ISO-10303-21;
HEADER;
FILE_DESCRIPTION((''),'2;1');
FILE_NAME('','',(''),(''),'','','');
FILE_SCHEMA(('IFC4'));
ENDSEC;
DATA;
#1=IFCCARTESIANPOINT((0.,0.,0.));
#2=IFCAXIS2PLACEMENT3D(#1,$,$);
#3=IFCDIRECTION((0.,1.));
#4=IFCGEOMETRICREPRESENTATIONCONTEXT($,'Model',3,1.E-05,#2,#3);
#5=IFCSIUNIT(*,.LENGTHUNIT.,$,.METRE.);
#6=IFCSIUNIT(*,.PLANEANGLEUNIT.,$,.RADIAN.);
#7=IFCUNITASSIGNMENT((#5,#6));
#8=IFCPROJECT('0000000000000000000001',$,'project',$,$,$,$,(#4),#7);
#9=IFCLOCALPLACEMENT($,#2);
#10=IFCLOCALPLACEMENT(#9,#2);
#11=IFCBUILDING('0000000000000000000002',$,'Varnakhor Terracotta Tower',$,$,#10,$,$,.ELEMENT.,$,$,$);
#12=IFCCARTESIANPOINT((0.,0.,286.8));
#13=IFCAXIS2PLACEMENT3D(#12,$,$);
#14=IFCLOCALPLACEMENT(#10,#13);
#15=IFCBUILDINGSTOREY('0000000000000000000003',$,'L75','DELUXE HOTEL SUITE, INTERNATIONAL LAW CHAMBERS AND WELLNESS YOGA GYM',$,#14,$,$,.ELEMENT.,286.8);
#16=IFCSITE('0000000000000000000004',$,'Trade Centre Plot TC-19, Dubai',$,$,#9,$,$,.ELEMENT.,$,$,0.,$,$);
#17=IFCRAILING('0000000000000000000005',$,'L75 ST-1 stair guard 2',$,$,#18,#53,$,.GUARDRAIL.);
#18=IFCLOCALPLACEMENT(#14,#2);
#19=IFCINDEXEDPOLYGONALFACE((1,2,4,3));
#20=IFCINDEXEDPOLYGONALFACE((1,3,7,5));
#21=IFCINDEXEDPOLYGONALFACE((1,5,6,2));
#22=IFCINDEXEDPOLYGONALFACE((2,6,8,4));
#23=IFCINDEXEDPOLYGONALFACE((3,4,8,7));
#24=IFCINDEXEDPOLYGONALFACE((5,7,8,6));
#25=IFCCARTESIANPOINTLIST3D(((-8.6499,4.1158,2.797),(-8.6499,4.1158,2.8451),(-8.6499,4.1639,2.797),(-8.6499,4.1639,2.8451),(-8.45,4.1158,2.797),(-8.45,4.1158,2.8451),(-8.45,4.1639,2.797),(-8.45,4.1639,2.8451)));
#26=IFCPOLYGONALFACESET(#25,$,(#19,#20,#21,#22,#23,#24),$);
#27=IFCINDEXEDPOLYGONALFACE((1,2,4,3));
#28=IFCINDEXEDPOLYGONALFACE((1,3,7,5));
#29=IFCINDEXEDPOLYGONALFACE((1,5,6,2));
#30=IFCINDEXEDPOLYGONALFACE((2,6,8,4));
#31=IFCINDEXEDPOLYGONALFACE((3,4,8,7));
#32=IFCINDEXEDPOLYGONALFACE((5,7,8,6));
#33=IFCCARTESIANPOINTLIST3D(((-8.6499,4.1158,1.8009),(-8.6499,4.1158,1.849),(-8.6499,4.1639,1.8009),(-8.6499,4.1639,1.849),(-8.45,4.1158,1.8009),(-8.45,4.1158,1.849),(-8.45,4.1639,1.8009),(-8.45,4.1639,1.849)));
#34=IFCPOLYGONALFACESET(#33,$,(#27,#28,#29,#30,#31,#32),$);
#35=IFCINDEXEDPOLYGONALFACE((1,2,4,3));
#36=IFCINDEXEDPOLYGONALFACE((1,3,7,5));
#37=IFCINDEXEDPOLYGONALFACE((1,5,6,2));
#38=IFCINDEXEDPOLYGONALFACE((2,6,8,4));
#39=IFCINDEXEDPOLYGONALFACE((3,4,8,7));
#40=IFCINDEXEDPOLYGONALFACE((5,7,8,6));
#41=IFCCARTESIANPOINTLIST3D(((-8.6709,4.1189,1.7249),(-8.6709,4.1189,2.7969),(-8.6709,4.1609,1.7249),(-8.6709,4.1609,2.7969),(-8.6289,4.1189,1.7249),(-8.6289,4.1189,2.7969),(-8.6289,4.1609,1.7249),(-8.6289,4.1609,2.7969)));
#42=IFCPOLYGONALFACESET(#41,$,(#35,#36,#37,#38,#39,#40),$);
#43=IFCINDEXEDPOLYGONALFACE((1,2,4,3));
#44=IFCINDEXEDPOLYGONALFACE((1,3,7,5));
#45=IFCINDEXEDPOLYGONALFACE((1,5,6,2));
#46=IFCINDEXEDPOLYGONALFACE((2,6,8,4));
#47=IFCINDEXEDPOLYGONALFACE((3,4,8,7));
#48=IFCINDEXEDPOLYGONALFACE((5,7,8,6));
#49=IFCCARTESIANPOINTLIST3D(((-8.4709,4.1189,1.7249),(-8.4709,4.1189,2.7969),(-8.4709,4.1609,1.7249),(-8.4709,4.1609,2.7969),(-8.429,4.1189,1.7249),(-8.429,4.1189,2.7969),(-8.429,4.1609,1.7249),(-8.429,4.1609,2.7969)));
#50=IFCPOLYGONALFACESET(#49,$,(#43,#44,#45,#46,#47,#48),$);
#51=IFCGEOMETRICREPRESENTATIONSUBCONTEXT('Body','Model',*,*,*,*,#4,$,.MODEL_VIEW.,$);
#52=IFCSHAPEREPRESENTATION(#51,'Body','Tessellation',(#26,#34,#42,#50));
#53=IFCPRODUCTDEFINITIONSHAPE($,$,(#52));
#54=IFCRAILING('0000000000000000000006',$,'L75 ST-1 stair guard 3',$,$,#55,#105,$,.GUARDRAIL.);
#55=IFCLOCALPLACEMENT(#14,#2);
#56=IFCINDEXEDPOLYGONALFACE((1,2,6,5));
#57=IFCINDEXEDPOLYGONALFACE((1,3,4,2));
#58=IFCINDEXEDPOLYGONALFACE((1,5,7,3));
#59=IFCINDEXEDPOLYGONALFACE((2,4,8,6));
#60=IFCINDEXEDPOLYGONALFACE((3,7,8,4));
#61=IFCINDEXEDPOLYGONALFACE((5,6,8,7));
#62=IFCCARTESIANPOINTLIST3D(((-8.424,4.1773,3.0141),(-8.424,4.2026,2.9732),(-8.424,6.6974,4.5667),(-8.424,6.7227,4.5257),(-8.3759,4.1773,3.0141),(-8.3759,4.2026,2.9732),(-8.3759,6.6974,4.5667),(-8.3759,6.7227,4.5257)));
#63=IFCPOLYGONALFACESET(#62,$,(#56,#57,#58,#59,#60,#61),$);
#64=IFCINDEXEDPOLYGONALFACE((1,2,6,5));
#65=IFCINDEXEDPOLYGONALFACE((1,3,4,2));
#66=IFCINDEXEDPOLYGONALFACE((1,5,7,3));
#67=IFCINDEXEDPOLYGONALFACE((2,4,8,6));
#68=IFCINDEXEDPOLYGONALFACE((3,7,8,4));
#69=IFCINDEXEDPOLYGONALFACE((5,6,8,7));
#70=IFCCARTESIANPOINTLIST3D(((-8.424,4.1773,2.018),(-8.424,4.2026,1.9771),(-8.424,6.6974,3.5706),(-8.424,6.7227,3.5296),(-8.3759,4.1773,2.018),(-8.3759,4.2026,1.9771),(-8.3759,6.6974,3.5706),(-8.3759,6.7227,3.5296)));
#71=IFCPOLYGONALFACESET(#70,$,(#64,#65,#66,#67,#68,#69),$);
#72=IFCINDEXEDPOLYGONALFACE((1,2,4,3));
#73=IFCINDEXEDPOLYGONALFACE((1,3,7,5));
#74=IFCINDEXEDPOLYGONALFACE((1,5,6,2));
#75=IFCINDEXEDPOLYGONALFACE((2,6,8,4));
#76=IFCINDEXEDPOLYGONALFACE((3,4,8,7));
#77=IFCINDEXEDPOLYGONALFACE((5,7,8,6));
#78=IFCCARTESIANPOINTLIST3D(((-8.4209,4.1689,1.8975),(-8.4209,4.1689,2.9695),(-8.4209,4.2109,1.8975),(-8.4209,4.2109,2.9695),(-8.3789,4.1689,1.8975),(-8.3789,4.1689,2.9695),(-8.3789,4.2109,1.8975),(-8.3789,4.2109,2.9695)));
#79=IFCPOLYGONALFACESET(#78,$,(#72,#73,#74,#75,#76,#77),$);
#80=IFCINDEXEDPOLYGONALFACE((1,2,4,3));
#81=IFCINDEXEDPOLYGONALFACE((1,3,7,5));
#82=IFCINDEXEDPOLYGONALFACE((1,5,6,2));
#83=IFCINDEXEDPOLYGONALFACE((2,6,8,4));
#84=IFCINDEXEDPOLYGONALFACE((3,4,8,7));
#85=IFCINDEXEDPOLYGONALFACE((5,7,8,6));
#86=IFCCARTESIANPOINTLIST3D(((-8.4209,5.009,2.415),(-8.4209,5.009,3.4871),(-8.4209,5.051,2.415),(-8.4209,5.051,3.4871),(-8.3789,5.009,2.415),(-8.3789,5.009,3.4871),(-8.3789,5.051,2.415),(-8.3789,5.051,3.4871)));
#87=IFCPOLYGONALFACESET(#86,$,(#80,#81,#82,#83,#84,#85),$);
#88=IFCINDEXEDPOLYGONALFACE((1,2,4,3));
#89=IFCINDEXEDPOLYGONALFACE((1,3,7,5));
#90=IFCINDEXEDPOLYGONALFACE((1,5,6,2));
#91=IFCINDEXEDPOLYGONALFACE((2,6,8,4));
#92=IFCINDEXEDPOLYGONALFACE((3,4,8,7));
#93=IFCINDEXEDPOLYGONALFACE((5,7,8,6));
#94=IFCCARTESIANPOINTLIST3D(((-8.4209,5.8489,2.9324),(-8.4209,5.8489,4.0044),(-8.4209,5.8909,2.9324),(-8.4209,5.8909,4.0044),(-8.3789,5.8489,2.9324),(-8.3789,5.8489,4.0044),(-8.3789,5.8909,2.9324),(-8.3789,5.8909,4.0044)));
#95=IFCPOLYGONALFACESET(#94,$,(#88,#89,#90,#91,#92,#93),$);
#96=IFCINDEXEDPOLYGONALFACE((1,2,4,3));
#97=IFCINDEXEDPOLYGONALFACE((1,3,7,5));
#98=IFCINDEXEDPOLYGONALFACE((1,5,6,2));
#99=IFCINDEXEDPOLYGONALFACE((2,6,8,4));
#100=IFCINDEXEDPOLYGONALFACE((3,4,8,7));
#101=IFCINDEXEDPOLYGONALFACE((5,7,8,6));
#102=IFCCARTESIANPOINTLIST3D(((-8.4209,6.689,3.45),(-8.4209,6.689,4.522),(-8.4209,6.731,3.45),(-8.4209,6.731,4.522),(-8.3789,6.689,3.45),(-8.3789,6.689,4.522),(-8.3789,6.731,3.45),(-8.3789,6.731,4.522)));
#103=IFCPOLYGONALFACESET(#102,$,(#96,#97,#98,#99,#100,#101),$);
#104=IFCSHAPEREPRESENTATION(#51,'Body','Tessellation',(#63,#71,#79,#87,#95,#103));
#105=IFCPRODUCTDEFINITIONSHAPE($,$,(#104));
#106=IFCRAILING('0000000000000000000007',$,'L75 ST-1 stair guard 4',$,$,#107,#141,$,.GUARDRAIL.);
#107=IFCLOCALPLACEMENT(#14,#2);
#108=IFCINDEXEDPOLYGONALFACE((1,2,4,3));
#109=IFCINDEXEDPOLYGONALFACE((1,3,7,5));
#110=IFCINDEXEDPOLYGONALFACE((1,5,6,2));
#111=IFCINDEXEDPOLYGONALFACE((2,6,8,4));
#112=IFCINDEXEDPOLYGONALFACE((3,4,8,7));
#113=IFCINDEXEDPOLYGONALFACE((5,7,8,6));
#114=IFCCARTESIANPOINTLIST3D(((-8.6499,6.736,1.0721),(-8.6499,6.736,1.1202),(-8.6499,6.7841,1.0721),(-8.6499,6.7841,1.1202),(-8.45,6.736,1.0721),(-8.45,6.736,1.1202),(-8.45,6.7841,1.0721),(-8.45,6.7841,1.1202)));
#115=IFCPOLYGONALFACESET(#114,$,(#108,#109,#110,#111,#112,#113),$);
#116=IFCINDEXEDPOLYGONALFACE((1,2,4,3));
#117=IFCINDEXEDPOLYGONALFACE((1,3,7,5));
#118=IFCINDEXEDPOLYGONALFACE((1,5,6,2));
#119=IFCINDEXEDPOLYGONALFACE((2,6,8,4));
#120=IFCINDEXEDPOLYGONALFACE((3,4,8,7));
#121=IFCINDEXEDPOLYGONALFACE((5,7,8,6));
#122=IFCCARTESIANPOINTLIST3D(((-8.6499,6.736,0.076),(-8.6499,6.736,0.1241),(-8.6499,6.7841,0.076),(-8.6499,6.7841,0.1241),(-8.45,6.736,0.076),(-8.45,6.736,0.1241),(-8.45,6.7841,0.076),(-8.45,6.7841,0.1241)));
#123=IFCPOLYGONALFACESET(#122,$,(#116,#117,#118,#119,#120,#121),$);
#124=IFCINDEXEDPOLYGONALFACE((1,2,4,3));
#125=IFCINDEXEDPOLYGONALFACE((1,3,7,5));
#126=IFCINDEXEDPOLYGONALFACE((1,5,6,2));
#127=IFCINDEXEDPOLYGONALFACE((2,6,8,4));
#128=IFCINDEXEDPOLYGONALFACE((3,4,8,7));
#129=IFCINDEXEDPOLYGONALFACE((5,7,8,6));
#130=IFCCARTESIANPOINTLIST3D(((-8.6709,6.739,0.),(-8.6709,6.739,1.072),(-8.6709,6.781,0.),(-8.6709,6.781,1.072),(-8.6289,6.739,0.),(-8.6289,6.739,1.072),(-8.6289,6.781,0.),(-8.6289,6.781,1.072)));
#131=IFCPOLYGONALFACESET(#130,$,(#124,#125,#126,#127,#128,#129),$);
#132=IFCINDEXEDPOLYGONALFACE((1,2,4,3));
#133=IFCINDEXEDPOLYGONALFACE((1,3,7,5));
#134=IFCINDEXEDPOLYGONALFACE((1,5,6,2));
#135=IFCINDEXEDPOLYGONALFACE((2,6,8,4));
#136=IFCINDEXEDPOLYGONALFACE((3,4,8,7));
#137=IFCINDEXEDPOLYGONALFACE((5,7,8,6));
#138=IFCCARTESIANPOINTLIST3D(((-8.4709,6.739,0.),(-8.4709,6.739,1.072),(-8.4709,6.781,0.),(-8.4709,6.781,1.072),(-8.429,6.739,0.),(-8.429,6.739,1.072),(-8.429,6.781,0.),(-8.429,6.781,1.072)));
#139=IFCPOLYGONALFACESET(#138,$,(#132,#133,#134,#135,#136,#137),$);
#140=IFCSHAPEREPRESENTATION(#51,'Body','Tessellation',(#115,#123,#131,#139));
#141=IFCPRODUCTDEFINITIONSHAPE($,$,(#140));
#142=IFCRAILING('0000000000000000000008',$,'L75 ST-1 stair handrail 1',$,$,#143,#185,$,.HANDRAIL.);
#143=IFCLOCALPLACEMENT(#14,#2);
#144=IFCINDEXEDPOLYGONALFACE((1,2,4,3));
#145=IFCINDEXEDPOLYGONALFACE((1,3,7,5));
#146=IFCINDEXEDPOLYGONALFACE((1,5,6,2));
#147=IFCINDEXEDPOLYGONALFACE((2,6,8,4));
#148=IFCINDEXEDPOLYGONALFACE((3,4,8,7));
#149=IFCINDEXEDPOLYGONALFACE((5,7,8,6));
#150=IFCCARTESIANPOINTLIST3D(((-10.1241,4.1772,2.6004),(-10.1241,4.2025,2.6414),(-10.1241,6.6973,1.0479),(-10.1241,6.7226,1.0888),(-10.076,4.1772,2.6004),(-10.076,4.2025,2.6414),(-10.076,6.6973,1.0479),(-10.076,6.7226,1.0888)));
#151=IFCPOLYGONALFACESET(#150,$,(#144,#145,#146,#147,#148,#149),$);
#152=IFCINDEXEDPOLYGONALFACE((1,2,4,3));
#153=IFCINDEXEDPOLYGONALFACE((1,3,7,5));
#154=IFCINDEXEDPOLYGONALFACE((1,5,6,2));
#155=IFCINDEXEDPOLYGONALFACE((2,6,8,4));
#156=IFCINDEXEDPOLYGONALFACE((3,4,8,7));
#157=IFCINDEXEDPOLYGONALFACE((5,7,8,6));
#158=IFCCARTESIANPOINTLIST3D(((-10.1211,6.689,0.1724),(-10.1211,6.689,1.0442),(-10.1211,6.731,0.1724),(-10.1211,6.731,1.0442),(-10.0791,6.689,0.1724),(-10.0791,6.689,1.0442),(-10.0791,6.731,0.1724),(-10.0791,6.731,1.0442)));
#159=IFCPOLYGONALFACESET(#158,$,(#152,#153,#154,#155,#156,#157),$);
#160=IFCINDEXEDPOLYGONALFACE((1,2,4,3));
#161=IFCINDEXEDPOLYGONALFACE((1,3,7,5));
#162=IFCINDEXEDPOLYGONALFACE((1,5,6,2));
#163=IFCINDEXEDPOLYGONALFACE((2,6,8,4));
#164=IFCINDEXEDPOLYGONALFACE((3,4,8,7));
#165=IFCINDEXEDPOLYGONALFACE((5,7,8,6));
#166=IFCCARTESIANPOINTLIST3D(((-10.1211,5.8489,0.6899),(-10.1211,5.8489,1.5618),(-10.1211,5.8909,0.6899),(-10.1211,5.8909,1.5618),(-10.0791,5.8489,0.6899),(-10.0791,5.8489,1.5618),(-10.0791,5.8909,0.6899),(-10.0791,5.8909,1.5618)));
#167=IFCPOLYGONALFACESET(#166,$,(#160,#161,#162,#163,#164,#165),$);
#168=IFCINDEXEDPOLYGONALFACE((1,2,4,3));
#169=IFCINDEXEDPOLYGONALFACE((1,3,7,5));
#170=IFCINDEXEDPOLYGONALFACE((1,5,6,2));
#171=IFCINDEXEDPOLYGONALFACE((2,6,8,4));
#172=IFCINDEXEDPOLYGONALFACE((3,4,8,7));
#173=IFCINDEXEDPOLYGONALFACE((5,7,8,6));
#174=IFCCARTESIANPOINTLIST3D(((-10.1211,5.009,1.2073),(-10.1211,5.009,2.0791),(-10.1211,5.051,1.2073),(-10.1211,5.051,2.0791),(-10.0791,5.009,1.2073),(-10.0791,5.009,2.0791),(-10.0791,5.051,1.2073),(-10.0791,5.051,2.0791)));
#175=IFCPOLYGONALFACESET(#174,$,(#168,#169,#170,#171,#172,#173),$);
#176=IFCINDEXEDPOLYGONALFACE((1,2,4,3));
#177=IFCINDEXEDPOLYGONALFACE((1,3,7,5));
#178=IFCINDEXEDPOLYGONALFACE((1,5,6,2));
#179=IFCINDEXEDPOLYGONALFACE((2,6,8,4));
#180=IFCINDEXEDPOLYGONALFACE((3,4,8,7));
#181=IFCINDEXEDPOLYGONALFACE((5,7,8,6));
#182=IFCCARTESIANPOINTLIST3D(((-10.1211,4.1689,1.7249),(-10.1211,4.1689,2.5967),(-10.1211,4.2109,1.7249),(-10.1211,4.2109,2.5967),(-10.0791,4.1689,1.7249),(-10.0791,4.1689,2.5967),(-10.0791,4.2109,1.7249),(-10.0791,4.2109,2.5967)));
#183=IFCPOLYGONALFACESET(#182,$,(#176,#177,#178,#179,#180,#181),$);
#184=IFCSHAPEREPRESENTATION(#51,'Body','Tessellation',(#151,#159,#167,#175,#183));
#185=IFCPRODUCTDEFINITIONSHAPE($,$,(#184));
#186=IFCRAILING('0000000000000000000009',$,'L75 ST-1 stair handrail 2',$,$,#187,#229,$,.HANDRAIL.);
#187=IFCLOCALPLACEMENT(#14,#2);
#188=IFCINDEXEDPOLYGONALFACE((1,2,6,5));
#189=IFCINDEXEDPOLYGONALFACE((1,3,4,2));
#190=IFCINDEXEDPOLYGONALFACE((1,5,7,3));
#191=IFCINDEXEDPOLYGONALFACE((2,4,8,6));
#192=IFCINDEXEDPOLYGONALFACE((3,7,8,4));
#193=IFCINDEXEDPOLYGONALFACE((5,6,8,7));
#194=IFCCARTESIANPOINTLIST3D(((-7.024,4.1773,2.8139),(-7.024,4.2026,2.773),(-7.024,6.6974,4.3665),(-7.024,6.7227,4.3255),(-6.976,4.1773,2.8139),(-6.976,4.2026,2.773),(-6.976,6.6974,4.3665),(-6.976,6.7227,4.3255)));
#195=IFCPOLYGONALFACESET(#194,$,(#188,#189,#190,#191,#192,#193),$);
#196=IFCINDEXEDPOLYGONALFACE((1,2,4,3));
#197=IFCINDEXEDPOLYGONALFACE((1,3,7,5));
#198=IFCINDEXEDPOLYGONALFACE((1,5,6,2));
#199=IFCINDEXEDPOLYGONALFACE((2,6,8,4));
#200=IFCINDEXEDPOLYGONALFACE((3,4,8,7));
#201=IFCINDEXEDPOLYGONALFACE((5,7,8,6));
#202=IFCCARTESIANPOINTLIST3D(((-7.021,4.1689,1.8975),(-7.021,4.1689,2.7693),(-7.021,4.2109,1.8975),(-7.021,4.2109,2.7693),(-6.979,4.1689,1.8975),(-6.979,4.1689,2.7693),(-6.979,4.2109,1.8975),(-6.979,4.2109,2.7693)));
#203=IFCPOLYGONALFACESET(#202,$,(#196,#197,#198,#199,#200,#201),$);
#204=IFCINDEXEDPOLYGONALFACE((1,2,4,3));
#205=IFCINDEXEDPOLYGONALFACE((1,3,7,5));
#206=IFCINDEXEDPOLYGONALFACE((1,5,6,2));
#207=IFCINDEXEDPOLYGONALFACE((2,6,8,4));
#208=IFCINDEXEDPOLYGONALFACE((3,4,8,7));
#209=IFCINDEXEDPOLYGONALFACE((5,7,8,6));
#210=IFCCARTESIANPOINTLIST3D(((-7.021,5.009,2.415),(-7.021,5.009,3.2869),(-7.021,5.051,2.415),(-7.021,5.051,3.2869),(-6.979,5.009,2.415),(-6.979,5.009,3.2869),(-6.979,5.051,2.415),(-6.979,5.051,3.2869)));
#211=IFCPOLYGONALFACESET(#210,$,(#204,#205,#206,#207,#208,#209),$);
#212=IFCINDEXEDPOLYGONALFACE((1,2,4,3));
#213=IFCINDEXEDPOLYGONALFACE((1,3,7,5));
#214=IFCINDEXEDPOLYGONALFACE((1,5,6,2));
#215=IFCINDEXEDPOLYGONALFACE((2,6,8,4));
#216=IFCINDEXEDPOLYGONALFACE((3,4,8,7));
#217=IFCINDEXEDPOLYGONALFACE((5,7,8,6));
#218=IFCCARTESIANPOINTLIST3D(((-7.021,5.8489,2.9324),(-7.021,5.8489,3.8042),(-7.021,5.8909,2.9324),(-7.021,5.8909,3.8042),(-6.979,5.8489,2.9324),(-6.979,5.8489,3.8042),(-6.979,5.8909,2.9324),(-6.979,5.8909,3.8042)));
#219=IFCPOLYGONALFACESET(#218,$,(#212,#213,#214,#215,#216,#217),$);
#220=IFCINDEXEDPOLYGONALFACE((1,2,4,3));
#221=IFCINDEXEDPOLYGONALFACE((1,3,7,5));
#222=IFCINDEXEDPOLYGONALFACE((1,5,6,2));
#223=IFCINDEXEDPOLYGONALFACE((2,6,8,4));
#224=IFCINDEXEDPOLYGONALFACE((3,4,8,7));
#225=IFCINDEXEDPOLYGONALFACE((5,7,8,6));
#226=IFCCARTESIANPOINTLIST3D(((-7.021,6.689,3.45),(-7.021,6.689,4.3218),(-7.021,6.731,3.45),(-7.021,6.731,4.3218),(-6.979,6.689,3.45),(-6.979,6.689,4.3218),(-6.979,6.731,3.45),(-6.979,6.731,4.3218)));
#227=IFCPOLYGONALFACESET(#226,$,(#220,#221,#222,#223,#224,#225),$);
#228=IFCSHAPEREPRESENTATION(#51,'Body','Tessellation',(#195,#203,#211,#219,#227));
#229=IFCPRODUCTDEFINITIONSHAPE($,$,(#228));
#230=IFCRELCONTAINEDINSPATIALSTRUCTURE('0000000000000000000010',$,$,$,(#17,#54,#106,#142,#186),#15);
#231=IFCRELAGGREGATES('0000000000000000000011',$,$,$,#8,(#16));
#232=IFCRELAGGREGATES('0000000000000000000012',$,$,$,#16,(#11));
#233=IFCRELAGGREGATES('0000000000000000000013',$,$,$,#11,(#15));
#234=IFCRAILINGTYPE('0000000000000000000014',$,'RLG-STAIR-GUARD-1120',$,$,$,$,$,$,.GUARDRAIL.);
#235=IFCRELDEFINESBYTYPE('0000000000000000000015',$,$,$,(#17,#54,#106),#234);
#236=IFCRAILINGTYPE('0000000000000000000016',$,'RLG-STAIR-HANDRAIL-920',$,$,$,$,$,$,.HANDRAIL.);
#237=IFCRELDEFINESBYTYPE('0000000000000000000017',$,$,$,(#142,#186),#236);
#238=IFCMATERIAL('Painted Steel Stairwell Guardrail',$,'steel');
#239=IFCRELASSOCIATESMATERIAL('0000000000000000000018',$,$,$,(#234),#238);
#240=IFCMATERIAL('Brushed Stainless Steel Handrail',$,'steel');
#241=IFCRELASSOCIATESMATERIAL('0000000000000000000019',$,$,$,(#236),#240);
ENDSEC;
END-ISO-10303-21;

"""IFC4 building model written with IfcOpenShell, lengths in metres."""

from ifc_helpers import new_model, si_unit, direction, frame, origin, origin_2d, place, context, subcontext, project, spatial, rectangle, extrude, material, type_object, element, save


model = new_model("IFC4")

# Units and contexts
model_context = context("Model", 3, precision=1e-05, world=origin(), true_north=direction((0.0, 1.0)))
body_context = subcontext(model_context, "Body", "Model", "MODEL_VIEW")
ifc_project = project(units=[si_unit("LENGTHUNIT", "METRE"), si_unit("PLANEANGLEUNIT", "RADIAN")], contexts=[model_context])

# Site, building, storey
site_placement = place(None, origin())
site = spatial("IfcSite", under=ifc_project, at=site_placement, Name="Trade Centre Plot TC-19, Dubai", CompositionType="ELEMENT", RefElevation=0.0)
building_placement = place(site_placement, origin())
building = spatial("IfcBuilding", under=site, at=building_placement, Name="Varnakhor Terracotta Tower", CompositionType="ELEMENT")
storey_placement = place(building_placement, frame((0.0, 0.0, 286.8)))
storey = spatial("IfcBuildingStorey", under=building, at=storey_placement, Name="L75", Description="DELUXE HOTEL SUITE, INTERNATIONAL LAW CHAMBERS AND WELLNESS YOGA GYM", CompositionType="ELEMENT", Elevation=286.8)

# Railings
ifc_material_1 = material(Name="Painted Steel Stairwell Guardrail", Category="steel")
railing_type_1 = type_object("IfcRailingType", Name="RLG-STAIR-GUARD-1120", PredefinedType="GUARDRAIL", material=ifc_material_1)
railing_1_placement = place(storey_placement, frame((-8.6499, 4.1399, 1.7249)))
element("IfcRailing", 1, at=railing_1_placement, inside=storey, type_object=railing_type_1, Name="L75 ST-1 stair guard 2", PredefinedType="GUARDRAIL", context=body_context, shape_type="SweptSolid", body=[
    extrude(rectangle(XDim=0.0481, YDim=0.0481, at=origin_2d()), frame((0.0, 0.0, 1.0962), z_axis=(1.0, 0.0, 0.0), x_axis=(0.0, 1.0, 0.0)), (0.0, 0.0, 1.0), 0.2),
    extrude(rectangle(XDim=0.0481, YDim=0.0481, at=origin_2d()), frame((0.0, 0.0, 0.1001), z_axis=(1.0, 0.0, 0.0), x_axis=(0.0, 1.0, 0.0)), (0.0, 0.0, 1.0), 0.2),
    extrude(rectangle(XDim=0.042, YDim=0.042, at=origin_2d()), origin(), (0.0, 0.0, 1.0), 1.072),
    extrude(rectangle(XDim=0.042, YDim=0.042, at=origin_2d()), frame((0.2, 0.0, 0.0)), (0.0, 0.0, 1.0), 1.072),
])
railing_2_placement = place(storey_placement, frame((-8.3999, 4.1899, 1.8975)))
element("IfcRailing", 2, at=railing_2_placement, inside=storey, type_object=railing_type_1, Name="L75 ST-1 stair guard 3", PredefinedType="GUARDRAIL", context=body_context, shape_type="SweptSolid", body=[
    extrude(rectangle(XDim=0.0481, YDim=0.0481, at=origin_2d()), frame((0.0, 0.0, 1.0962), z_axis=(0.0, 0.8514, 0.524516), x_axis=(-1.0, 0.0, 0.0)), (0.0, 0.0, 1.0), 2.96),
    extrude(rectangle(XDim=0.0481, YDim=0.0481, at=origin_2d()), frame((0.0, 0.0, 0.1001), z_axis=(0.0, 0.8514, 0.524516), x_axis=(-1.0, 0.0, 0.0)), (0.0, 0.0, 1.0), 2.96),
    extrude(rectangle(XDim=0.042, YDim=0.042, at=origin_2d()), origin(), (0.0, 0.0, 1.0), 1.072),
    extrude(rectangle(XDim=0.042, YDim=0.042, at=origin_2d()), frame((0.0, 0.8401, 0.5176)), (0.0, 0.0, 1.0), 1.072),
    extrude(rectangle(XDim=0.042, YDim=0.042, at=origin_2d()), frame((0.0, 1.6799, 1.0349)), (0.0, 0.0, 1.0), 1.072),
    extrude(rectangle(XDim=0.042, YDim=0.042, at=origin_2d()), frame((0.0, 2.52, 1.5525)), (0.0, 0.0, 1.0), 1.072),
])
railing_3_placement = place(storey_placement, frame((-8.6499, 6.76, 0.0)))
element("IfcRailing", 3, at=railing_3_placement, inside=storey, type_object=railing_type_1, Name="L75 ST-1 stair guard 4", PredefinedType="GUARDRAIL", context=body_context, shape_type="SweptSolid", body=[
    extrude(rectangle(XDim=0.0481, YDim=0.0481, at=origin_2d()), frame((0.0, 0.0, 1.0962), z_axis=(1.0, 0.0, 0.0), x_axis=(0.0, 1.0, 0.0)), (0.0, 0.0, 1.0), 0.2),
    extrude(rectangle(XDim=0.0481, YDim=0.0481, at=origin_2d()), frame((0.0, 0.0, 0.1001), z_axis=(1.0, 0.0, 0.0), x_axis=(0.0, 1.0, 0.0)), (0.0, 0.0, 1.0), 0.2),
    extrude(rectangle(XDim=0.042, YDim=0.042, at=origin_2d()), origin(), (0.0, 0.0, 1.0), 1.072),
    extrude(rectangle(XDim=0.042, YDim=0.042, at=origin_2d()), frame((0.2, 0.0, 0.0)), (0.0, 0.0, 1.0), 1.072),
])
ifc_material_2 = material(Name="Brushed Stainless Steel Handrail", Category="steel")
railing_type_2 = type_object("IfcRailingType", Name="RLG-STAIR-HANDRAIL-920", PredefinedType="HANDRAIL", material=ifc_material_2)
railing_4_placement = place(storey_placement, frame((-10.1001, 6.71, 0.1724)))
element("IfcRailing", 4, at=railing_4_placement, inside=storey, type_object=railing_type_2, Name="L75 ST-1 stair handrail 1", PredefinedType="HANDRAIL", context=body_context, shape_type="SweptSolid", body=[
    extrude(rectangle(XDim=0.0481, YDim=0.0481, at=origin_2d()), frame((0.0, 0.0, 0.896), z_axis=(0.0, -0.8514, 0.524516), x_axis=(1.0, 0.0, 0.0)), (0.0, 0.0, 1.0), 2.96),
    extrude(rectangle(XDim=0.042, YDim=0.042, at=origin_2d()), origin(), (0.0, 0.0, 1.0), 0.8718),
    extrude(rectangle(XDim=0.042, YDim=0.042, at=origin_2d()), frame((0.0, -0.8401, 0.5176)), (0.0, 0.0, 1.0), 0.8718),
    extrude(rectangle(XDim=0.042, YDim=0.042, at=origin_2d()), frame((0.0, -1.6799, 1.0349)), (0.0, 0.0, 1.0), 0.8718),
    extrude(rectangle(XDim=0.042, YDim=0.042, at=origin_2d()), frame((0.0, -2.52, 1.5525)), (0.0, 0.0, 1.0), 0.8718),
])
railing_5_placement = place(storey_placement, frame((-7.0, 4.1899, 1.8975)))
element("IfcRailing", 5, at=railing_5_placement, inside=storey, type_object=railing_type_2, Name="L75 ST-1 stair handrail 2", PredefinedType="HANDRAIL", context=body_context, shape_type="SweptSolid", body=[
    extrude(rectangle(XDim=0.0481, YDim=0.0481, at=origin_2d()), frame((0.0, 0.0, 0.896), z_axis=(0.0, 0.8514, 0.524516), x_axis=(-1.0, 0.0, 0.0)), (0.0, 0.0, 1.0), 2.96),
    extrude(rectangle(XDim=0.042, YDim=0.042, at=origin_2d()), origin(), (0.0, 0.0, 1.0), 0.8718),
    extrude(rectangle(XDim=0.042, YDim=0.042, at=origin_2d()), frame((0.0, 0.8401, 0.5176)), (0.0, 0.0, 1.0), 0.8718),
    extrude(rectangle(XDim=0.042, YDim=0.042, at=origin_2d()), frame((0.0, 1.6799, 1.0349)), (0.0, 0.0, 1.0), 0.8718),
    extrude(rectangle(XDim=0.042, YDim=0.042, at=origin_2d()), frame((0.0, 2.52, 1.5525)), (0.0, 0.0, 1.0), 0.8718),
])

save(model, "model.ifc")
